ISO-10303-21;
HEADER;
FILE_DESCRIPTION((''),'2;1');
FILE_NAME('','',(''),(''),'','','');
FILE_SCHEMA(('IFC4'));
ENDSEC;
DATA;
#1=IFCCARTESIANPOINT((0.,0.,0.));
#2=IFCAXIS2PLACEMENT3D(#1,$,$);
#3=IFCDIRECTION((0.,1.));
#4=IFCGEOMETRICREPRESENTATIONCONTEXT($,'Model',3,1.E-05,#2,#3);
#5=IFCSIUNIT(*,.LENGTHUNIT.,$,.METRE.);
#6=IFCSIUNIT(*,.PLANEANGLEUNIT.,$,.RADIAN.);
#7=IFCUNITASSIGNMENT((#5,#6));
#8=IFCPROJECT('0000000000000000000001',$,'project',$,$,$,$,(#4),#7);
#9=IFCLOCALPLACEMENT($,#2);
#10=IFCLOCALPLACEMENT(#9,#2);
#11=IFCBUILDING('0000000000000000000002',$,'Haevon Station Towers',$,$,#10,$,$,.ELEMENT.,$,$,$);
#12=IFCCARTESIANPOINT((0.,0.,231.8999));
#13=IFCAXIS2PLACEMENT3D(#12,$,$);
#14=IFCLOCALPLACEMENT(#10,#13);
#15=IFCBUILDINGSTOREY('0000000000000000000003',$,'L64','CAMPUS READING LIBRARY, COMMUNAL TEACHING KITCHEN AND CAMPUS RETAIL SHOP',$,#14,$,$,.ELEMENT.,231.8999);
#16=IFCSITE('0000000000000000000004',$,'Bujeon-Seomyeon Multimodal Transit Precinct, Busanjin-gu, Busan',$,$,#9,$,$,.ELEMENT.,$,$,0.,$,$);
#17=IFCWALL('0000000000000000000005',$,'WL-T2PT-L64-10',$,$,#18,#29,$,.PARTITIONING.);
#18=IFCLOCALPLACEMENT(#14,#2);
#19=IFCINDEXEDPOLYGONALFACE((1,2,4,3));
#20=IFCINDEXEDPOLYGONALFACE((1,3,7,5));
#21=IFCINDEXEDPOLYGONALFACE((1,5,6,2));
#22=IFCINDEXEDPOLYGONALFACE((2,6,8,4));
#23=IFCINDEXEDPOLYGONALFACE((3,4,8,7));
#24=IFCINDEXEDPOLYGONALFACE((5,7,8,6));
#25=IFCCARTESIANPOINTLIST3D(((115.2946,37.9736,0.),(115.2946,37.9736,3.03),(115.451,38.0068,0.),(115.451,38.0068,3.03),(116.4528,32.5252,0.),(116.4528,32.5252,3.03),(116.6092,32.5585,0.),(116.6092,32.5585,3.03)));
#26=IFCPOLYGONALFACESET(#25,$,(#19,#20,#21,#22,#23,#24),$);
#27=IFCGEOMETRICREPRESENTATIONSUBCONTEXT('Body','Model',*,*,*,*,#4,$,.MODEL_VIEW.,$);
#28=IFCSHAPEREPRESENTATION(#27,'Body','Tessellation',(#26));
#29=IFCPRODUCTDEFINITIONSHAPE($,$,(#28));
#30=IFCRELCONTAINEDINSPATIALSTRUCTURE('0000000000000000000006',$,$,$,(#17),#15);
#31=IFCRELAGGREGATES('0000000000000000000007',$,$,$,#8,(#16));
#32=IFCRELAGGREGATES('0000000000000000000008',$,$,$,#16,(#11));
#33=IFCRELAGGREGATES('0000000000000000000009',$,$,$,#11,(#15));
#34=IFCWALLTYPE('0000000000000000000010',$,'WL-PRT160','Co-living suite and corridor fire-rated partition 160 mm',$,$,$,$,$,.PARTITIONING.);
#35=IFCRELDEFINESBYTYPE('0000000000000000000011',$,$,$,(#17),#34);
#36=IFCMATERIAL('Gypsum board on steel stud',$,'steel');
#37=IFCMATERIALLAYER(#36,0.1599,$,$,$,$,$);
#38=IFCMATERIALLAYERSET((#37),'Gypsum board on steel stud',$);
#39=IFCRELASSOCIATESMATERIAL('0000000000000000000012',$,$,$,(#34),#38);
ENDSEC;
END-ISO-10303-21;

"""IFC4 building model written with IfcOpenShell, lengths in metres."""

from ifc_helpers import new_model, si_unit, direction, frame, frame_2d, origin, place, context, subcontext, project, spatial, rectangle, extrude, material, layer, layer_set, type_object, element, save


model = new_model("IFC4")

# Units and contexts
model_context = context("Model", 3, precision=1e-05, world=origin(), true_north=direction((0.0, 1.0)))
body_context = subcontext(model_context, "Body", "Model", "MODEL_VIEW")
ifc_project = project(units=[si_unit("LENGTHUNIT", "METRE"), si_unit("PLANEANGLEUNIT", "RADIAN")], contexts=[model_context])

# Site, building, storey
site_placement = place(None, origin())
site = spatial("IfcSite", under=ifc_project, at=site_placement, Name="Bujeon-Seomyeon Multimodal Transit Precinct, Busanjin-gu, Busan", CompositionType="ELEMENT", RefElevation=0.0)
building_placement = place(site_placement, origin())
building = spatial("IfcBuilding", under=site, at=building_placement, Name="Haevon Station Towers", CompositionType="ELEMENT")
storey_placement = place(building_placement, frame((0.0, 0.0, 231.8999)))
storey = spatial("IfcBuildingStorey", under=building, at=storey_placement, Name="L64", Description="CAMPUS READING LIBRARY, COMMUNAL TEACHING KITCHEN AND CAMPUS RETAIL SHOP", CompositionType="ELEMENT", Elevation=231.8999)

# Wall
ifc_material_1 = material(Name="Gypsum board on steel stud", Category="steel")
ifc_layer_1 = layer(ifc_material_1, 0.1599)
ifc_layer_set_1 = layer_set([ifc_layer_1], Name="Gypsum board on steel stud")
wall_type_1 = type_object("IfcWallType", Name="WL-PRT160", Description="Co-living suite and corridor fire-rated partition 160 mm", PredefinedType="PARTITIONING", material=ifc_layer_set_1)
wall_1_placement = place(storey_placement, frame((116.531, 32.5417, 0.0), z_axis=(0.0, 0.0, 1.0), x_axis=(-0.207936, 0.978142, 0.0)))
element("IfcWall", 1, at=wall_1_placement, inside=storey, type_object=wall_type_1, Name="WL-T2PT-L64-10", PredefinedType="PARTITIONING", context=body_context, shape_type="SweptSolid", body=[
    extrude(rectangle(XDim=5.5701, YDim=0.1599, at=frame_2d((2.7852, 0.0))), origin(), (0.0, 0.0, 1.0), 3.03),
])

save(model, "model.ifc")
